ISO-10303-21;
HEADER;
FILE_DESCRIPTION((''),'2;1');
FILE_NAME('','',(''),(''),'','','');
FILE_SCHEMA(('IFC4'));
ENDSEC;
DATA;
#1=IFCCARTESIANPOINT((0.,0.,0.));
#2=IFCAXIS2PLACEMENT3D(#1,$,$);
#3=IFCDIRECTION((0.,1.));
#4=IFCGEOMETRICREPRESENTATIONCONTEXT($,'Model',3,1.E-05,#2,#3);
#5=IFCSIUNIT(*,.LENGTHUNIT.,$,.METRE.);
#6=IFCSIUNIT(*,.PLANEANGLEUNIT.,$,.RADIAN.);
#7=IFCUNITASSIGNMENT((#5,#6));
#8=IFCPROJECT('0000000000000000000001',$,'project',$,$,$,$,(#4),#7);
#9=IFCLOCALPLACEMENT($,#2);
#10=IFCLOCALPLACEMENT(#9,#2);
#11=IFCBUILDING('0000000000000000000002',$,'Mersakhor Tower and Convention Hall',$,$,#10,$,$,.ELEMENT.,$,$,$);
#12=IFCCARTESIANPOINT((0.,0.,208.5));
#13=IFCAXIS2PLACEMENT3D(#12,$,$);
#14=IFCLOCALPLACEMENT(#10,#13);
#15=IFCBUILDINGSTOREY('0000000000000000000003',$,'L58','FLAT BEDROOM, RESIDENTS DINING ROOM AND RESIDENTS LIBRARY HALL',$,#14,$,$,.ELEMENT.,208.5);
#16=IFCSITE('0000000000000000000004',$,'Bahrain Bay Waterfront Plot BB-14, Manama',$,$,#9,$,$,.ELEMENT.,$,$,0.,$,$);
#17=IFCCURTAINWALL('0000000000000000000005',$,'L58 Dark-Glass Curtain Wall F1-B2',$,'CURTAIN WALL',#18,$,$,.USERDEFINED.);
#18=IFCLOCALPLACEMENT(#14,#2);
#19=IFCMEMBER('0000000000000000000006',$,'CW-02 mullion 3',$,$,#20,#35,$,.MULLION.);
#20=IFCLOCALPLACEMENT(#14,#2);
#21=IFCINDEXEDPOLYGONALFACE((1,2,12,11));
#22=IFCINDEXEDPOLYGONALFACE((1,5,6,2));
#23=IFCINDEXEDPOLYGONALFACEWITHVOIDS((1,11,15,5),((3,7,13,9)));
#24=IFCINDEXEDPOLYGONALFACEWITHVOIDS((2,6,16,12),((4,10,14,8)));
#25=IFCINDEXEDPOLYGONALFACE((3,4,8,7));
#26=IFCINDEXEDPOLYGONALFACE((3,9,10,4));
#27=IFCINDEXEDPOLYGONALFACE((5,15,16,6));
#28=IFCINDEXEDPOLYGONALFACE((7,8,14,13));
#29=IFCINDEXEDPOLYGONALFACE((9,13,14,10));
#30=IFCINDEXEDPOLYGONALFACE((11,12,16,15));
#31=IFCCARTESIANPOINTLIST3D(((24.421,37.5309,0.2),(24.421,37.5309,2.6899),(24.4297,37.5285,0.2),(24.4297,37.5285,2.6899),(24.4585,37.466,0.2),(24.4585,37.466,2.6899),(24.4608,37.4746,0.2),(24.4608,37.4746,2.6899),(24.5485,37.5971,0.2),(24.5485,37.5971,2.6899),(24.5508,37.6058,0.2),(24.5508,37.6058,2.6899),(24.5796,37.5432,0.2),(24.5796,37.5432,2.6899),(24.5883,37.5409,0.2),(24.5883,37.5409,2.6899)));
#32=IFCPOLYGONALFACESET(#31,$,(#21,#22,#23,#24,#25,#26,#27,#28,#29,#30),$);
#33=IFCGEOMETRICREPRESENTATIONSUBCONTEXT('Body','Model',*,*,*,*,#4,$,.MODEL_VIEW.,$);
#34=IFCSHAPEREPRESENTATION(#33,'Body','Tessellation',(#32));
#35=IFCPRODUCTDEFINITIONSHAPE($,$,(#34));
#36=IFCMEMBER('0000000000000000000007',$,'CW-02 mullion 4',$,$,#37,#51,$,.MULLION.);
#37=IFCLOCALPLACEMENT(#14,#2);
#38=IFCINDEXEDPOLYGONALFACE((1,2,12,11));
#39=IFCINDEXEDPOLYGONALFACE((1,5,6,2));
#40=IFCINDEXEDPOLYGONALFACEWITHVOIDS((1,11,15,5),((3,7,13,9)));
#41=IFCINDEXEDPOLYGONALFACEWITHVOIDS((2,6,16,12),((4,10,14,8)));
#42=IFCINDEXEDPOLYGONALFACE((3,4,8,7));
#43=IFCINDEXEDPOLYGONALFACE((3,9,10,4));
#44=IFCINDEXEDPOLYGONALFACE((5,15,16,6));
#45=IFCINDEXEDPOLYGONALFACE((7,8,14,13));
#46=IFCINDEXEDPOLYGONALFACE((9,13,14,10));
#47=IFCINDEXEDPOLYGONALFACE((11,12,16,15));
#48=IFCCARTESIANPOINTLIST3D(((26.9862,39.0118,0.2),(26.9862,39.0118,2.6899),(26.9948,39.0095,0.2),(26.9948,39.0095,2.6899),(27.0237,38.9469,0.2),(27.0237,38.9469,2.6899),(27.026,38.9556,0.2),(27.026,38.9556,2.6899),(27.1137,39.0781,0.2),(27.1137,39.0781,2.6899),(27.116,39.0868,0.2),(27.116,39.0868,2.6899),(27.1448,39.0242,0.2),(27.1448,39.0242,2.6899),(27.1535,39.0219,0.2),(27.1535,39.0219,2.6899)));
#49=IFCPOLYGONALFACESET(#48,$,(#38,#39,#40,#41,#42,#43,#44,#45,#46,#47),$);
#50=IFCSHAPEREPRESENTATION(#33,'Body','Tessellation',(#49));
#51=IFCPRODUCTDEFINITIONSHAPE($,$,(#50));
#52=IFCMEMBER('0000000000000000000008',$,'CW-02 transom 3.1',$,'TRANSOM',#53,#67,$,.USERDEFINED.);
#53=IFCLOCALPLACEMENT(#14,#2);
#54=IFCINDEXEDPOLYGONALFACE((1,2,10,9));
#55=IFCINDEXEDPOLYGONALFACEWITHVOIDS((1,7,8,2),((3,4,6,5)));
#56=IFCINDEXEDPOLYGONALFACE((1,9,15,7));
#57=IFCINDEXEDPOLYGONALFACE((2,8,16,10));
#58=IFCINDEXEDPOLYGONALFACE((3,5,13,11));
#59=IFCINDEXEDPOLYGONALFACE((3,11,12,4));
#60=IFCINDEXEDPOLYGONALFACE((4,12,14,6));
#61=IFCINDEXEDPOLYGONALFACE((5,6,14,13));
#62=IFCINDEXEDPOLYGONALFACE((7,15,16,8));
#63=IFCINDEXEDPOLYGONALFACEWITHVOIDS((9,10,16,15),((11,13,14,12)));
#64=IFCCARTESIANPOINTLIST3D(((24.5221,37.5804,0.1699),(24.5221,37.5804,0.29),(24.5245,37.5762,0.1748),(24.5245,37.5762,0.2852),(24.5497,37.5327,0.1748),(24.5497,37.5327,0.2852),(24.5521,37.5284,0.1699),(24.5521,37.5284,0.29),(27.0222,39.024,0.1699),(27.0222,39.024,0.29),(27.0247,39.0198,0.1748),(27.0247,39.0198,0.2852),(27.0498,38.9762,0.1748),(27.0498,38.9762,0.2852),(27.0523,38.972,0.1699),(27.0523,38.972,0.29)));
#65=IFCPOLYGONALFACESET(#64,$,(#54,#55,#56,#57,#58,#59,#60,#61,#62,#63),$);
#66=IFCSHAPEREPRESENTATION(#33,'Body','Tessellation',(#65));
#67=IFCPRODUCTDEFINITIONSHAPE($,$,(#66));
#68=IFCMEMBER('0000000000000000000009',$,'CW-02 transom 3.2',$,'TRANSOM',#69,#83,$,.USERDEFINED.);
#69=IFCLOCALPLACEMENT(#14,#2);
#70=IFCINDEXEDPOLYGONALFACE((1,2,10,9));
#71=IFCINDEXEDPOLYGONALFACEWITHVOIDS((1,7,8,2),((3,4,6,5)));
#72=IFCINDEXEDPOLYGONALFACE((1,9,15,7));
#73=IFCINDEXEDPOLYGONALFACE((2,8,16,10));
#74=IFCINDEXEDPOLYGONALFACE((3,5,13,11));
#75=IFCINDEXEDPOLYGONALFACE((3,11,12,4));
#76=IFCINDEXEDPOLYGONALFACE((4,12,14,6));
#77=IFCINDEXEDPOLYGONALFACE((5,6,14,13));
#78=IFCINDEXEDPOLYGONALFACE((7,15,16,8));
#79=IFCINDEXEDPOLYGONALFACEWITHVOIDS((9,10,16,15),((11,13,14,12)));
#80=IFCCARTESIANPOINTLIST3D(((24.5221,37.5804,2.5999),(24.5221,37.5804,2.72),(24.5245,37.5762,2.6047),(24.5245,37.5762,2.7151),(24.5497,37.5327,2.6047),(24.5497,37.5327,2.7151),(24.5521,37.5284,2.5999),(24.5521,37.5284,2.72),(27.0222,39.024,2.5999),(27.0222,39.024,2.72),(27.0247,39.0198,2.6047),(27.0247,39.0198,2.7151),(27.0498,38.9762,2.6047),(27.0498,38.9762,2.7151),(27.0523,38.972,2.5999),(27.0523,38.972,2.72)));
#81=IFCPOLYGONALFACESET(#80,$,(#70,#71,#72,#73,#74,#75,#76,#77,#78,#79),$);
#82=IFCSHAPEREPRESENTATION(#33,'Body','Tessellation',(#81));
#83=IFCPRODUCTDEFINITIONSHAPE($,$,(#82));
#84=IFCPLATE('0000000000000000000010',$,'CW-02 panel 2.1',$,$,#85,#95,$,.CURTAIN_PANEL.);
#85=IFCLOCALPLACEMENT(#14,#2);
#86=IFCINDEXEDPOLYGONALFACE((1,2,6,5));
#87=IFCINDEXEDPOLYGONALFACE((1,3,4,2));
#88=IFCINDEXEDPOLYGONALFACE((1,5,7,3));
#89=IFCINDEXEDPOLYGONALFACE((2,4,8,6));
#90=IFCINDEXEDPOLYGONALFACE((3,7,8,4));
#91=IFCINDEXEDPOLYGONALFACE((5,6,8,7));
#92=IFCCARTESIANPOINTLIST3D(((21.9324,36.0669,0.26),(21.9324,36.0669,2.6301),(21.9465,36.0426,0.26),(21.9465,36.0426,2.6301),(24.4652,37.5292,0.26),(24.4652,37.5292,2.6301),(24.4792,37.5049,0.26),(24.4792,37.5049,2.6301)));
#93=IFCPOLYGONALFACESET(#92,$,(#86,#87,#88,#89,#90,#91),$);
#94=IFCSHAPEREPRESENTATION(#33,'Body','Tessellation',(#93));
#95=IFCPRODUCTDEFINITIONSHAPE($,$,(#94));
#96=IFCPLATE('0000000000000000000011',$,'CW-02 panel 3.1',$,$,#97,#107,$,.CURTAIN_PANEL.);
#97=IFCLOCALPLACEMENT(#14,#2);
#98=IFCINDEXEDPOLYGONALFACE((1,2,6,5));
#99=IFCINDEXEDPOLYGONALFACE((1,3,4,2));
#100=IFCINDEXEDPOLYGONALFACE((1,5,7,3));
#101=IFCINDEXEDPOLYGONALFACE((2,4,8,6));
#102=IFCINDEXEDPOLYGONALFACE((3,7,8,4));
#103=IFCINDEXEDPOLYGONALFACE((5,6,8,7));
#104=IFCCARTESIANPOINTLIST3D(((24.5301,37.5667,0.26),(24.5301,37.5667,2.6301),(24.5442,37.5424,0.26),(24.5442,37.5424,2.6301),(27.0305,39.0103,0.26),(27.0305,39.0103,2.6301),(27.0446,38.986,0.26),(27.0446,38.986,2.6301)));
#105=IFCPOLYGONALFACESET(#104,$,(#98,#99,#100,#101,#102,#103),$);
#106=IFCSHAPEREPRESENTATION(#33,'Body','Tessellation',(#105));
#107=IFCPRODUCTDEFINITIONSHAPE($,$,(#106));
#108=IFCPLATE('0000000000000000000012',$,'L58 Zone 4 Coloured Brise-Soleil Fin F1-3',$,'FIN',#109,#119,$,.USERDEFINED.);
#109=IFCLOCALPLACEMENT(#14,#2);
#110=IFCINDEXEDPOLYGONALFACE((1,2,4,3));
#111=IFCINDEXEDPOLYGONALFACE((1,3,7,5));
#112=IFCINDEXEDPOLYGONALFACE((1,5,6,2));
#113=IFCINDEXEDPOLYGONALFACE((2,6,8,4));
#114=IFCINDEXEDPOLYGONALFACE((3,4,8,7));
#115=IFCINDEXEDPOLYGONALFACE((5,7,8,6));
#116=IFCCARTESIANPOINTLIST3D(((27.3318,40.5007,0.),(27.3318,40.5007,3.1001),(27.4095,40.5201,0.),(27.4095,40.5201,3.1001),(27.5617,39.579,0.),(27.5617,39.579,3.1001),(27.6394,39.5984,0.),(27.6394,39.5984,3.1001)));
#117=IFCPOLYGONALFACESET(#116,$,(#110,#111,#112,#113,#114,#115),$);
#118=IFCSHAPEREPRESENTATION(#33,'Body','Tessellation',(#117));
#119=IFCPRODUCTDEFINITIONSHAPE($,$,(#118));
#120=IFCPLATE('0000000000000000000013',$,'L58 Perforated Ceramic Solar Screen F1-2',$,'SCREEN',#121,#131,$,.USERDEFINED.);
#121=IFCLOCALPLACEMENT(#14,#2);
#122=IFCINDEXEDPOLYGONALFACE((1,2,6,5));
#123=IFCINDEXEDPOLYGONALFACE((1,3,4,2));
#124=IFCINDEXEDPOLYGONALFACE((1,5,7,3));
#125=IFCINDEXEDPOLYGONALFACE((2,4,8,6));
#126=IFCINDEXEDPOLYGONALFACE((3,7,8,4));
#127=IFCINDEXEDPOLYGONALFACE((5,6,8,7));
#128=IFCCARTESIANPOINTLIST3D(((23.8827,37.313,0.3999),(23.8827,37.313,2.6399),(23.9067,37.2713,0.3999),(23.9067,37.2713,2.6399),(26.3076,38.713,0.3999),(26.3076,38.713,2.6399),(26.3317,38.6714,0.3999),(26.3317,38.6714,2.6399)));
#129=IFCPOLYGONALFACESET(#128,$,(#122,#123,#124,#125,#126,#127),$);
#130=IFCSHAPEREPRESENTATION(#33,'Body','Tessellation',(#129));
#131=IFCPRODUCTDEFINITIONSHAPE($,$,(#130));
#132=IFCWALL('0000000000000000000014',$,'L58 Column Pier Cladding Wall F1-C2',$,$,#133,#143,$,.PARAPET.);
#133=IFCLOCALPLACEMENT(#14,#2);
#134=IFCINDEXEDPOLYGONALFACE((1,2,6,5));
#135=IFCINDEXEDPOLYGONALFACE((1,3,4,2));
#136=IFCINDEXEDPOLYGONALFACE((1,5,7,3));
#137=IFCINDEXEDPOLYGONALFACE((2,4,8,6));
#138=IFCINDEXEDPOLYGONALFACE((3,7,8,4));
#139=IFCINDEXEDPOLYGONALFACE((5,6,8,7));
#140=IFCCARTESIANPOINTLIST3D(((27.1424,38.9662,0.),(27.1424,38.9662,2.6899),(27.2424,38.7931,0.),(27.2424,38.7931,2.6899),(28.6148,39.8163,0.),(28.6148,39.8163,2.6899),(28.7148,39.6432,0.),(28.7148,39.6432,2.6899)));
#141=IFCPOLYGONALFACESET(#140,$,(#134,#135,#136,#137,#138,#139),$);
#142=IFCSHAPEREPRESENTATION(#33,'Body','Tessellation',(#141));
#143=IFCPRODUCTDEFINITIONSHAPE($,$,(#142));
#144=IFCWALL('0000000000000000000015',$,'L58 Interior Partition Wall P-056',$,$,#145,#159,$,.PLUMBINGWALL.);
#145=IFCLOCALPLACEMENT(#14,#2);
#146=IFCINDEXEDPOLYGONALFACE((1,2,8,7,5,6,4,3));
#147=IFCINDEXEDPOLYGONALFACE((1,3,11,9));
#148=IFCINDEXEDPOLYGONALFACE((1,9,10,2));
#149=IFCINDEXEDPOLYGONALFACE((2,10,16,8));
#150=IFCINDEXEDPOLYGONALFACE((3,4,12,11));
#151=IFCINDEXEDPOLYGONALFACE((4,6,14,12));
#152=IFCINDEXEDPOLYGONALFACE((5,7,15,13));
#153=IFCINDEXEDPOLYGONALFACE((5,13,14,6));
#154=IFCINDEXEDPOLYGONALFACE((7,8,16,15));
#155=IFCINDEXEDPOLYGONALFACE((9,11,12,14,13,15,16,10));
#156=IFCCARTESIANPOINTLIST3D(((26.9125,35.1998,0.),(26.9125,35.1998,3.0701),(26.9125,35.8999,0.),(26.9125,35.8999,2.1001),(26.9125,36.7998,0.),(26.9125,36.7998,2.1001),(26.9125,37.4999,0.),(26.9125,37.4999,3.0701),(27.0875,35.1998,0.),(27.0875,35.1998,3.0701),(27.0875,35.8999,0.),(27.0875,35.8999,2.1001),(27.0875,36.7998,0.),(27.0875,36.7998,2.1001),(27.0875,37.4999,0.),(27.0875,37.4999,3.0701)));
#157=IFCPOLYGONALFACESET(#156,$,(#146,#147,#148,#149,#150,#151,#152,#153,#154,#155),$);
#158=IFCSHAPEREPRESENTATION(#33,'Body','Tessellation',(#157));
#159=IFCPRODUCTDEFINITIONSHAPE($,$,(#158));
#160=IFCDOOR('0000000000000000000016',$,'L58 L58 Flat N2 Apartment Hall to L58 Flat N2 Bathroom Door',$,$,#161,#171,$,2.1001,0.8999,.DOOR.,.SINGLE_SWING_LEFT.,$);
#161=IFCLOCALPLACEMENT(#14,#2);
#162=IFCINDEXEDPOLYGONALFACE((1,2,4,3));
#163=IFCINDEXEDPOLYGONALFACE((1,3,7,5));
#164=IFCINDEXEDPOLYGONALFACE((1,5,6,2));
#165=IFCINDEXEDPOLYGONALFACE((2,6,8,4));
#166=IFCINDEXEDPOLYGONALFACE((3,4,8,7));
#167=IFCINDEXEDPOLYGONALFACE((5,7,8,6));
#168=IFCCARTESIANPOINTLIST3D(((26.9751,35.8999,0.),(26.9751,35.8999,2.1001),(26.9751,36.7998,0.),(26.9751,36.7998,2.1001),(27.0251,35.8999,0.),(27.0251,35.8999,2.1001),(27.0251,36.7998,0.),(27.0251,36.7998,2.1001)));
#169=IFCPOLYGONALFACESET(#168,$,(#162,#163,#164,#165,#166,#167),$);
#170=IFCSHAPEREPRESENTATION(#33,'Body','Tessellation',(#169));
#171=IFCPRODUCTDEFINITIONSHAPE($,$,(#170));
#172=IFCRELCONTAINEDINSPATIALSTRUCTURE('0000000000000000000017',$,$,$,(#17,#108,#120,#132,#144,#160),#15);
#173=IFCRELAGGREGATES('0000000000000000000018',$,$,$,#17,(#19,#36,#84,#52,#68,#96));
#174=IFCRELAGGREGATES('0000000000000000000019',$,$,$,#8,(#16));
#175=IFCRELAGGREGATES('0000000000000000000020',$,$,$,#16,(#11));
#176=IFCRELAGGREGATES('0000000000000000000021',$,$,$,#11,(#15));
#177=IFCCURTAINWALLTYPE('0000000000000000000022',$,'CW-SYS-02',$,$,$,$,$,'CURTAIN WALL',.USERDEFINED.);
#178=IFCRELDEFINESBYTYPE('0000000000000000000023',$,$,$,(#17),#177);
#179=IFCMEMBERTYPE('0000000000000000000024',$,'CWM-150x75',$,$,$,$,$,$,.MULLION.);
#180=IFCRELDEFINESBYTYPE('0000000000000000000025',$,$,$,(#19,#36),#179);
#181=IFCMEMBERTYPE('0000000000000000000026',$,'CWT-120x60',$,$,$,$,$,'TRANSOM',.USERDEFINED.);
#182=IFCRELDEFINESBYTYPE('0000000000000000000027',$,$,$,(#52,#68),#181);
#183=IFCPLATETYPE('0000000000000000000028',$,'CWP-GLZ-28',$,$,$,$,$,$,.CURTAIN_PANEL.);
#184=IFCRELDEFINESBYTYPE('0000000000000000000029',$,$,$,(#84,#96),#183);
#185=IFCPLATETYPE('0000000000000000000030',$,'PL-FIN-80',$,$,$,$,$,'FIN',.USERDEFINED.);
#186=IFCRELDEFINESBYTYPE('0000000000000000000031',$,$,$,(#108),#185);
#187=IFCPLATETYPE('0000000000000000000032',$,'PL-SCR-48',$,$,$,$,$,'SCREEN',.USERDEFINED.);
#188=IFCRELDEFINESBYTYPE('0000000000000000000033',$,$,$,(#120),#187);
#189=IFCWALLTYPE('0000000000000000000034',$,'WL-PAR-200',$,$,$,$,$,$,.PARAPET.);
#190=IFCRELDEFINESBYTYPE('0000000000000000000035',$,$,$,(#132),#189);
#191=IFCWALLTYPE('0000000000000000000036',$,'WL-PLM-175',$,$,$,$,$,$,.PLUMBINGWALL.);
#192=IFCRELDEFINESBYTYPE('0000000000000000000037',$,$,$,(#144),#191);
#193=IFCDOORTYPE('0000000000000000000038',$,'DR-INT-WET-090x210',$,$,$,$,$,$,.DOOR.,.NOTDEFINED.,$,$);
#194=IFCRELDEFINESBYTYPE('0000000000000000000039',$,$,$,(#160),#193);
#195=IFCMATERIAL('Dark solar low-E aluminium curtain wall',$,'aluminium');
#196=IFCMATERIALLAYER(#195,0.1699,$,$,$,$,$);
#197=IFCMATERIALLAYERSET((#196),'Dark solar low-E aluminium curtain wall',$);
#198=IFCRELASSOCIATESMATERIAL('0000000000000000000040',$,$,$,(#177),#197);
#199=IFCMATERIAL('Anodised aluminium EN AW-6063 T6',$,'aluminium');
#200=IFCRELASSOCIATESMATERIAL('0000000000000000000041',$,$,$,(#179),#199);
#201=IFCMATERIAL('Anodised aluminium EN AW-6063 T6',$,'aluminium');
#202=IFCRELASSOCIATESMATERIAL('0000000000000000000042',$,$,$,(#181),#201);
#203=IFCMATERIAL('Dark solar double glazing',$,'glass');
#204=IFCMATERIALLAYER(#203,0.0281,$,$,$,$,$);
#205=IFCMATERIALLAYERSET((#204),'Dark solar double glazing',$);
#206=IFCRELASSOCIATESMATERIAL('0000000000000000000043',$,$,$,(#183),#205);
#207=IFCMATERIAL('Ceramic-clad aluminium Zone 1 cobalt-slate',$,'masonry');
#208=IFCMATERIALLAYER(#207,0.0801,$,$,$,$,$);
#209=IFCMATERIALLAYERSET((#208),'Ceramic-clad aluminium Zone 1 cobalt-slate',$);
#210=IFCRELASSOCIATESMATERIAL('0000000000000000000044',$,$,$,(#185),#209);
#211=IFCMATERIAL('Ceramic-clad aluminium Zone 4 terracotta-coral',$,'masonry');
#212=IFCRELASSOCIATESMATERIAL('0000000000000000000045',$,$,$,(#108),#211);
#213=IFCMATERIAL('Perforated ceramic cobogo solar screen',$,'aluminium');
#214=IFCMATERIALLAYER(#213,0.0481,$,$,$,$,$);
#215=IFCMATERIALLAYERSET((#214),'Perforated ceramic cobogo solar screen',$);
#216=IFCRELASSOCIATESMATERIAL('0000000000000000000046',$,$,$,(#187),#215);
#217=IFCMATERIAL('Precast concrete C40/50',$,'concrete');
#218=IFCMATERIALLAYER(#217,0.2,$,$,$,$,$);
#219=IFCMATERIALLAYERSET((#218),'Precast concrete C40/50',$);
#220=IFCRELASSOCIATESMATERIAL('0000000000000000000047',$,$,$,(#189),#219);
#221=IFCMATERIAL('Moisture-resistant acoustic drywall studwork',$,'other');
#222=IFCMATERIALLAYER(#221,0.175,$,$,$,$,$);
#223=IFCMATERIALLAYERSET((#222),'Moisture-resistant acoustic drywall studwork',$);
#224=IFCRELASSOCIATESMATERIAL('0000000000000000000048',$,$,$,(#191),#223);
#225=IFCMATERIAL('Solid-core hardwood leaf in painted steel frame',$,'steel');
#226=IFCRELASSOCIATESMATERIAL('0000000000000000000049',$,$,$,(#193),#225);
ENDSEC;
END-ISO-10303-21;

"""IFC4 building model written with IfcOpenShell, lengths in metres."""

from ifc_helpers import new_model, si_unit, direction, frame, frame_2d, origin, origin_2d, place, context, subcontext, project, spatial, rectangle, hollow_rectangle, extrude, material, layer, layer_set, material_profile, profile_set, type_object, element, fill, aggregate, save


model = new_model("IFC4")

# Units and contexts
model_context = context("Model", 3, precision=1e-05, world=origin(), true_north=direction((0.0, 1.0)))
body_context = subcontext(model_context, "Body", "Model", "MODEL_VIEW")
ifc_project = project(units=[si_unit("LENGTHUNIT", "METRE"), si_unit("PLANEANGLEUNIT", "RADIAN")], contexts=[model_context])

# Site, building, storey
site_placement = place(None, origin())
site = spatial("IfcSite", under=ifc_project, at=site_placement, Name="Bahrain Bay Waterfront Plot BB-14, Manama", CompositionType="ELEMENT", RefElevation=0.0)
building_placement = place(site_placement, origin())
building = spatial("IfcBuilding", under=site, at=building_placement, Name="Mersakhor Tower and Convention Hall", CompositionType="ELEMENT")
storey_placement = place(building_placement, frame((0.0, 0.0, 208.5)))
storey = spatial("IfcBuildingStorey", under=building, at=storey_placement, Name="L58", Description="FLAT BEDROOM, RESIDENTS DINING ROOM AND RESIDENTS LIBRARY HALL", CompositionType="ELEMENT", Elevation=208.5)

# Curtain wall, members, plates
ifc_material_1 = material(Name="Dark solar low-E aluminium curtain wall", Category="aluminium")
ifc_layer_1 = layer(ifc_material_1, 0.1699)
ifc_layer_set_1 = layer_set([ifc_layer_1], Name="Dark solar low-E aluminium curtain wall")
curtain_wall_type = type_object("IfcCurtainWallType", Name="CW-SYS-02", ElementType="CURTAIN WALL", PredefinedType="USERDEFINED", material=ifc_layer_set_1)
curtain_wall_placement = place(storey_placement, origin())
curtain_wall = element("IfcCurtainWall", 1, at=curtain_wall_placement, inside=storey, type_object=curtain_wall_type, Name="L58 Dark-Glass Curtain Wall F1-B2", ObjectType="CURTAIN WALL", PredefinedType="USERDEFINED")
ifc_material_2 = material(Name="Anodised aluminium EN AW-6063 T6", Category="aluminium")
ifc_material_profile_1 = material_profile(ifc_material_2, hollow_rectangle(XDim=0.075, YDim=0.1499, WallThickness=0.0063, at=origin_2d()), Name="RHS 150x75x6.3")
ifc_profile_set_1 = profile_set([ifc_material_profile_1], Name="Anodised aluminium EN AW-6063 T6")
member_type_1 = type_object("IfcMemberType", Name="CWM-150x75", PredefinedType="MULLION", material=ifc_profile_set_1)
member_1_placement = place(storey_placement, frame((24.5046, 37.5359, 0.2), z_axis=(0.0, 0.0, 1.0), x_axis=(-0.500008, 0.866021, 0.0)))
member_1 = element("IfcMember", 2, at=member_1_placement, type_object=member_type_1, Name="CW-02 mullion 3", PredefinedType="MULLION", context=body_context, shape_type="SweptSolid", body=[
    extrude(hollow_rectangle(XDim=0.075, YDim=0.1499, WallThickness=0.0063, at=origin_2d()), origin(), (0.0, 0.0, 1.0), 2.49),
])
member_2_placement = place(storey_placement, frame((27.0698, 39.0168, 0.2), z_axis=(0.0, 0.0, 1.0), x_axis=(-0.500008, 0.866021, 0.0)))
member_2 = element("IfcMember", 3, at=member_2_placement, type_object=member_type_1, Name="CW-02 mullion 4", PredefinedType="MULLION", context=body_context, shape_type="SweptSolid", body=[
    extrude(hollow_rectangle(XDim=0.075, YDim=0.1499, WallThickness=0.0063, at=origin_2d()), origin(), (0.0, 0.0, 1.0), 2.49),
])
ifc_material_3 = material(Name="Anodised aluminium EN AW-6063 T6", Category="aluminium")
ifc_material_profile_2 = material_profile(ifc_material_3, hollow_rectangle(XDim=0.0601, YDim=0.1201, WallThickness=0.0049, at=origin_2d()), Name="RHS 120x60x5")
ifc_profile_set_2 = profile_set([ifc_material_profile_2], Name="Anodised aluminium EN AW-6063 T6")
member_type_2 = type_object("IfcMemberType", Name="CWT-120x60", ElementType="TRANSOM", PredefinedType="USERDEFINED", material=ifc_profile_set_2)
member_3_placement = place(storey_placement, frame((24.5371, 37.5544, 0.23), z_axis=(0.866012, 0.500023, 0.0), x_axis=(-0.500023, 0.866012, 0.0)))
member_3 = element("IfcMember", 4, at=member_3_placement, type_object=member_type_2, Name="CW-02 transom 3.1", ObjectType="TRANSOM", PredefinedType="USERDEFINED", context=body_context, shape_type="SweptSolid", body=[
    extrude(hollow_rectangle(XDim=0.0601, YDim=0.1201, WallThickness=0.0049, at=origin_2d()), origin(), (0.0, 0.0, 1.0), 2.887),
])
member_4_placement = place(storey_placement, frame((24.5371, 37.5544, 2.6599), z_axis=(0.866012, 0.500023, 0.0), x_axis=(-0.500023, 0.866012, 0.0)))
member_4 = element("IfcMember", 5, at=member_4_placement, type_object=member_type_2, Name="CW-02 transom 3.2", ObjectType="TRANSOM", PredefinedType="USERDEFINED", context=body_context, shape_type="SweptSolid", body=[
    extrude(hollow_rectangle(XDim=0.0601, YDim=0.1201, WallThickness=0.0049, at=origin_2d()), origin(), (0.0, 0.0, 1.0), 2.887),
])
ifc_material_4 = material(Name="Dark solar double glazing", Category="glass")
ifc_layer_2 = layer(ifc_material_4, 0.0281)
ifc_layer_set_2 = layer_set([ifc_layer_2], Name="Dark solar double glazing")
plate_type_1 = type_object("IfcPlateType", Name="CWP-GLZ-28", PredefinedType="CURTAIN_PANEL", material=ifc_layer_set_2)
plate_1_placement = place(storey_placement, frame((23.2058, 36.7859, 0.26), z_axis=(0.0, 0.0, 1.0), x_axis=(0.866021, 0.500008, 0.0)))
plate_1 = element("IfcPlate", 6, at=plate_1_placement, type_object=plate_type_1, Name="CW-02 panel 2.1", PredefinedType="CURTAIN_PANEL", context=body_context, shape_type="SweptSolid", body=[
    extrude(rectangle(XDim=2.9246, YDim=0.0281, at=origin_2d()), origin(), (0.0, 0.0, 1.0), 2.3701),
])
plate_2_placement = place(storey_placement, frame((25.7874, 38.2764, 0.26), z_axis=(0.0, 0.0, 1.0), x_axis=(0.866021, 0.500008, 0.0)))
plate_2 = element("IfcPlate", 7, at=plate_2_placement, type_object=plate_type_1, Name="CW-02 panel 3.1", PredefinedType="CURTAIN_PANEL", context=body_context, shape_type="SweptSolid", body=[
    extrude(rectangle(XDim=2.8872, YDim=0.0281, at=origin_2d()), origin(), (0.0, 0.0, 1.0), 2.3701),
])
aggregate(curtain_wall, [member_1, member_2, plate_1, member_3, member_4, plate_2])

# Plates
ifc_material_5 = material(Name="Ceramic-clad aluminium Zone 4 terracotta-coral", Category="masonry")
ifc_material_6 = material(Name="Ceramic-clad aluminium Zone 1 cobalt-slate", Category="masonry")
ifc_layer_3 = layer(ifc_material_6, 0.0801)
ifc_layer_set_3 = layer_set([ifc_layer_3], Name="Ceramic-clad aluminium Zone 1 cobalt-slate")
plate_type_2 = type_object("IfcPlateType", Name="PL-FIN-80", ElementType="FIN", PredefinedType="USERDEFINED", material=ifc_layer_set_3)
plate_3_placement = place(storey_placement, frame((27.4856, 40.0496, 0.0), z_axis=(0.0, 0.0, 1.0), x_axis=(-0.241922, 0.970296, 0.0)))
element("IfcPlate", 8, at=plate_3_placement, inside=storey, type_object=plate_type_2, material=ifc_material_5, Name="L58 Zone 4 Coloured Brise-Soleil Fin F1-3", ObjectType="FIN", PredefinedType="USERDEFINED", context=body_context, shape_type="SweptSolid", body=[
    extrude(rectangle(XDim=0.95, YDim=0.0801, at=origin_2d()), origin(), (0.0, 0.0, 1.0), 3.1001),
])
ifc_material_7 = material(Name="Perforated ceramic cobogo solar screen", Category="aluminium")
ifc_layer_4 = layer(ifc_material_7, 0.0481)
ifc_layer_set_4 = layer_set([ifc_layer_4], Name="Perforated ceramic cobogo solar screen")
plate_type_3 = type_object("IfcPlateType", Name="PL-SCR-48", ElementType="SCREEN", PredefinedType="USERDEFINED", material=ifc_layer_set_4)
plate_4_placement = place(storey_placement, frame((25.1072, 37.9922, 0.3999), z_axis=(0.0, 0.0, 1.0), x_axis=(0.866025, 0.5, 0.0)))
element("IfcPlate", 9, at=plate_4_placement, inside=storey, type_object=plate_type_3, Name="L58 Perforated Ceramic Solar Screen F1-2", ObjectType="SCREEN", PredefinedType="USERDEFINED", context=body_context, shape_type="SweptSolid", body=[
    extrude(rectangle(XDim=2.8, YDim=0.0481, at=origin_2d()), origin(), (0.0, 0.0, 1.0), 2.24),
])

# Wall
ifc_material_8 = material(Name="Precast concrete C40/50", Category="concrete")
ifc_layer_5 = layer(ifc_material_8, 0.2)
ifc_layer_set_5 = layer_set([ifc_layer_5], Name="Precast concrete C40/50")
wall_type_1 = type_object("IfcWallType", Name="WL-PAR-200", PredefinedType="PARAPET", material=ifc_layer_set_5)
wall_1_placement = place(storey_placement, frame((27.1924, 38.8796, 0.0), z_axis=(0.0, 0.0, 1.0), x_axis=(0.866025, 0.5, 0.0)))
element("IfcWall", 10, at=wall_1_placement, inside=storey, type_object=wall_type_1, Name="L58 Column Pier Cladding Wall F1-C2", PredefinedType="PARAPET", context=body_context, shape_type="SweptSolid", body=[
    extrude(rectangle(XDim=1.7002, YDim=0.2, at=frame_2d((0.8501, 0.0))), origin(), (0.0, 0.0, 1.0), 2.6899),
])

# Wall, opening, door
ifc_material_9 = material(Name="Moisture-resistant acoustic drywall studwork", Category="other")
ifc_layer_6 = layer(ifc_material_9, 0.175)
ifc_layer_set_6 = layer_set([ifc_layer_6], Name="Moisture-resistant acoustic drywall studwork")
wall_type_2 = type_object("IfcWallType", Name="WL-PLM-175", PredefinedType="PLUMBINGWALL", material=ifc_layer_set_6)
wall_2_placement = place(storey_placement, frame((27.0, 35.2, 0.0), z_axis=(0.0, 0.0, 1.0), x_axis=(0.0, 1.0, 0.0)))
wall_2 = element("IfcWall", 11, at=wall_2_placement, inside=storey, type_object=wall_type_2, Name="L58 Interior Partition Wall P-056", PredefinedType="PLUMBINGWALL", context=body_context, shape_type="SweptSolid", body=[
    extrude(rectangle(XDim=2.3, YDim=0.175, at=frame_2d((1.1499, 0.0))), origin(), (0.0, 0.0, 1.0), 3.0701),
])
opening_1_placement = place(wall_2_placement, frame((0.7, 0.0, 0.0)))
opening_1 = element("IfcOpeningElement", 12, at=opening_1_placement, cuts=wall_2, PredefinedType="OPENING", context=body_context, shape_type="SweptSolid", body=[
    extrude(rectangle(XDim=0.8999, YDim=2.1001, at=frame_2d((0.45, 1.05))), frame((0.0, 0.0974, 0.0), z_axis=(0.0, -1.0, 0.0), x_axis=(1.0, 0.0, 0.0)), (0.0, 0.0, 1.0), 0.1951),
])
ifc_material_10 = material(Name="Solid-core hardwood leaf in painted steel frame", Category="steel")
door_type_1 = type_object("IfcDoorType", Name="DR-INT-WET-090x210", OperationType="NOTDEFINED", PredefinedType="DOOR", material=ifc_material_10)
door_1_placement = place(opening_1_placement, origin())
door_1 = element("IfcDoor", 13, at=door_1_placement, inside=storey, type_object=door_type_1, Name="L58 L58 Flat N2 Apartment Hall to L58 Flat N2 Bathroom Door", OperationType="SINGLE_SWING_LEFT", OverallHeight=2.1001, OverallWidth=0.8999, PredefinedType="DOOR", context=body_context, shape_type="SweptSolid", body=[
    extrude(rectangle(XDim=0.8999, YDim=2.1001, at=frame_2d((0.45, 1.05))), frame((0.0, 0.0249, 0.0), z_axis=(0.0, -1.0, 0.0), x_axis=(1.0, 0.0, 0.0)), (0.0, 0.0, 1.0), 0.05),
])
fill(opening_1, door_1)

save(model, "model.ifc")
